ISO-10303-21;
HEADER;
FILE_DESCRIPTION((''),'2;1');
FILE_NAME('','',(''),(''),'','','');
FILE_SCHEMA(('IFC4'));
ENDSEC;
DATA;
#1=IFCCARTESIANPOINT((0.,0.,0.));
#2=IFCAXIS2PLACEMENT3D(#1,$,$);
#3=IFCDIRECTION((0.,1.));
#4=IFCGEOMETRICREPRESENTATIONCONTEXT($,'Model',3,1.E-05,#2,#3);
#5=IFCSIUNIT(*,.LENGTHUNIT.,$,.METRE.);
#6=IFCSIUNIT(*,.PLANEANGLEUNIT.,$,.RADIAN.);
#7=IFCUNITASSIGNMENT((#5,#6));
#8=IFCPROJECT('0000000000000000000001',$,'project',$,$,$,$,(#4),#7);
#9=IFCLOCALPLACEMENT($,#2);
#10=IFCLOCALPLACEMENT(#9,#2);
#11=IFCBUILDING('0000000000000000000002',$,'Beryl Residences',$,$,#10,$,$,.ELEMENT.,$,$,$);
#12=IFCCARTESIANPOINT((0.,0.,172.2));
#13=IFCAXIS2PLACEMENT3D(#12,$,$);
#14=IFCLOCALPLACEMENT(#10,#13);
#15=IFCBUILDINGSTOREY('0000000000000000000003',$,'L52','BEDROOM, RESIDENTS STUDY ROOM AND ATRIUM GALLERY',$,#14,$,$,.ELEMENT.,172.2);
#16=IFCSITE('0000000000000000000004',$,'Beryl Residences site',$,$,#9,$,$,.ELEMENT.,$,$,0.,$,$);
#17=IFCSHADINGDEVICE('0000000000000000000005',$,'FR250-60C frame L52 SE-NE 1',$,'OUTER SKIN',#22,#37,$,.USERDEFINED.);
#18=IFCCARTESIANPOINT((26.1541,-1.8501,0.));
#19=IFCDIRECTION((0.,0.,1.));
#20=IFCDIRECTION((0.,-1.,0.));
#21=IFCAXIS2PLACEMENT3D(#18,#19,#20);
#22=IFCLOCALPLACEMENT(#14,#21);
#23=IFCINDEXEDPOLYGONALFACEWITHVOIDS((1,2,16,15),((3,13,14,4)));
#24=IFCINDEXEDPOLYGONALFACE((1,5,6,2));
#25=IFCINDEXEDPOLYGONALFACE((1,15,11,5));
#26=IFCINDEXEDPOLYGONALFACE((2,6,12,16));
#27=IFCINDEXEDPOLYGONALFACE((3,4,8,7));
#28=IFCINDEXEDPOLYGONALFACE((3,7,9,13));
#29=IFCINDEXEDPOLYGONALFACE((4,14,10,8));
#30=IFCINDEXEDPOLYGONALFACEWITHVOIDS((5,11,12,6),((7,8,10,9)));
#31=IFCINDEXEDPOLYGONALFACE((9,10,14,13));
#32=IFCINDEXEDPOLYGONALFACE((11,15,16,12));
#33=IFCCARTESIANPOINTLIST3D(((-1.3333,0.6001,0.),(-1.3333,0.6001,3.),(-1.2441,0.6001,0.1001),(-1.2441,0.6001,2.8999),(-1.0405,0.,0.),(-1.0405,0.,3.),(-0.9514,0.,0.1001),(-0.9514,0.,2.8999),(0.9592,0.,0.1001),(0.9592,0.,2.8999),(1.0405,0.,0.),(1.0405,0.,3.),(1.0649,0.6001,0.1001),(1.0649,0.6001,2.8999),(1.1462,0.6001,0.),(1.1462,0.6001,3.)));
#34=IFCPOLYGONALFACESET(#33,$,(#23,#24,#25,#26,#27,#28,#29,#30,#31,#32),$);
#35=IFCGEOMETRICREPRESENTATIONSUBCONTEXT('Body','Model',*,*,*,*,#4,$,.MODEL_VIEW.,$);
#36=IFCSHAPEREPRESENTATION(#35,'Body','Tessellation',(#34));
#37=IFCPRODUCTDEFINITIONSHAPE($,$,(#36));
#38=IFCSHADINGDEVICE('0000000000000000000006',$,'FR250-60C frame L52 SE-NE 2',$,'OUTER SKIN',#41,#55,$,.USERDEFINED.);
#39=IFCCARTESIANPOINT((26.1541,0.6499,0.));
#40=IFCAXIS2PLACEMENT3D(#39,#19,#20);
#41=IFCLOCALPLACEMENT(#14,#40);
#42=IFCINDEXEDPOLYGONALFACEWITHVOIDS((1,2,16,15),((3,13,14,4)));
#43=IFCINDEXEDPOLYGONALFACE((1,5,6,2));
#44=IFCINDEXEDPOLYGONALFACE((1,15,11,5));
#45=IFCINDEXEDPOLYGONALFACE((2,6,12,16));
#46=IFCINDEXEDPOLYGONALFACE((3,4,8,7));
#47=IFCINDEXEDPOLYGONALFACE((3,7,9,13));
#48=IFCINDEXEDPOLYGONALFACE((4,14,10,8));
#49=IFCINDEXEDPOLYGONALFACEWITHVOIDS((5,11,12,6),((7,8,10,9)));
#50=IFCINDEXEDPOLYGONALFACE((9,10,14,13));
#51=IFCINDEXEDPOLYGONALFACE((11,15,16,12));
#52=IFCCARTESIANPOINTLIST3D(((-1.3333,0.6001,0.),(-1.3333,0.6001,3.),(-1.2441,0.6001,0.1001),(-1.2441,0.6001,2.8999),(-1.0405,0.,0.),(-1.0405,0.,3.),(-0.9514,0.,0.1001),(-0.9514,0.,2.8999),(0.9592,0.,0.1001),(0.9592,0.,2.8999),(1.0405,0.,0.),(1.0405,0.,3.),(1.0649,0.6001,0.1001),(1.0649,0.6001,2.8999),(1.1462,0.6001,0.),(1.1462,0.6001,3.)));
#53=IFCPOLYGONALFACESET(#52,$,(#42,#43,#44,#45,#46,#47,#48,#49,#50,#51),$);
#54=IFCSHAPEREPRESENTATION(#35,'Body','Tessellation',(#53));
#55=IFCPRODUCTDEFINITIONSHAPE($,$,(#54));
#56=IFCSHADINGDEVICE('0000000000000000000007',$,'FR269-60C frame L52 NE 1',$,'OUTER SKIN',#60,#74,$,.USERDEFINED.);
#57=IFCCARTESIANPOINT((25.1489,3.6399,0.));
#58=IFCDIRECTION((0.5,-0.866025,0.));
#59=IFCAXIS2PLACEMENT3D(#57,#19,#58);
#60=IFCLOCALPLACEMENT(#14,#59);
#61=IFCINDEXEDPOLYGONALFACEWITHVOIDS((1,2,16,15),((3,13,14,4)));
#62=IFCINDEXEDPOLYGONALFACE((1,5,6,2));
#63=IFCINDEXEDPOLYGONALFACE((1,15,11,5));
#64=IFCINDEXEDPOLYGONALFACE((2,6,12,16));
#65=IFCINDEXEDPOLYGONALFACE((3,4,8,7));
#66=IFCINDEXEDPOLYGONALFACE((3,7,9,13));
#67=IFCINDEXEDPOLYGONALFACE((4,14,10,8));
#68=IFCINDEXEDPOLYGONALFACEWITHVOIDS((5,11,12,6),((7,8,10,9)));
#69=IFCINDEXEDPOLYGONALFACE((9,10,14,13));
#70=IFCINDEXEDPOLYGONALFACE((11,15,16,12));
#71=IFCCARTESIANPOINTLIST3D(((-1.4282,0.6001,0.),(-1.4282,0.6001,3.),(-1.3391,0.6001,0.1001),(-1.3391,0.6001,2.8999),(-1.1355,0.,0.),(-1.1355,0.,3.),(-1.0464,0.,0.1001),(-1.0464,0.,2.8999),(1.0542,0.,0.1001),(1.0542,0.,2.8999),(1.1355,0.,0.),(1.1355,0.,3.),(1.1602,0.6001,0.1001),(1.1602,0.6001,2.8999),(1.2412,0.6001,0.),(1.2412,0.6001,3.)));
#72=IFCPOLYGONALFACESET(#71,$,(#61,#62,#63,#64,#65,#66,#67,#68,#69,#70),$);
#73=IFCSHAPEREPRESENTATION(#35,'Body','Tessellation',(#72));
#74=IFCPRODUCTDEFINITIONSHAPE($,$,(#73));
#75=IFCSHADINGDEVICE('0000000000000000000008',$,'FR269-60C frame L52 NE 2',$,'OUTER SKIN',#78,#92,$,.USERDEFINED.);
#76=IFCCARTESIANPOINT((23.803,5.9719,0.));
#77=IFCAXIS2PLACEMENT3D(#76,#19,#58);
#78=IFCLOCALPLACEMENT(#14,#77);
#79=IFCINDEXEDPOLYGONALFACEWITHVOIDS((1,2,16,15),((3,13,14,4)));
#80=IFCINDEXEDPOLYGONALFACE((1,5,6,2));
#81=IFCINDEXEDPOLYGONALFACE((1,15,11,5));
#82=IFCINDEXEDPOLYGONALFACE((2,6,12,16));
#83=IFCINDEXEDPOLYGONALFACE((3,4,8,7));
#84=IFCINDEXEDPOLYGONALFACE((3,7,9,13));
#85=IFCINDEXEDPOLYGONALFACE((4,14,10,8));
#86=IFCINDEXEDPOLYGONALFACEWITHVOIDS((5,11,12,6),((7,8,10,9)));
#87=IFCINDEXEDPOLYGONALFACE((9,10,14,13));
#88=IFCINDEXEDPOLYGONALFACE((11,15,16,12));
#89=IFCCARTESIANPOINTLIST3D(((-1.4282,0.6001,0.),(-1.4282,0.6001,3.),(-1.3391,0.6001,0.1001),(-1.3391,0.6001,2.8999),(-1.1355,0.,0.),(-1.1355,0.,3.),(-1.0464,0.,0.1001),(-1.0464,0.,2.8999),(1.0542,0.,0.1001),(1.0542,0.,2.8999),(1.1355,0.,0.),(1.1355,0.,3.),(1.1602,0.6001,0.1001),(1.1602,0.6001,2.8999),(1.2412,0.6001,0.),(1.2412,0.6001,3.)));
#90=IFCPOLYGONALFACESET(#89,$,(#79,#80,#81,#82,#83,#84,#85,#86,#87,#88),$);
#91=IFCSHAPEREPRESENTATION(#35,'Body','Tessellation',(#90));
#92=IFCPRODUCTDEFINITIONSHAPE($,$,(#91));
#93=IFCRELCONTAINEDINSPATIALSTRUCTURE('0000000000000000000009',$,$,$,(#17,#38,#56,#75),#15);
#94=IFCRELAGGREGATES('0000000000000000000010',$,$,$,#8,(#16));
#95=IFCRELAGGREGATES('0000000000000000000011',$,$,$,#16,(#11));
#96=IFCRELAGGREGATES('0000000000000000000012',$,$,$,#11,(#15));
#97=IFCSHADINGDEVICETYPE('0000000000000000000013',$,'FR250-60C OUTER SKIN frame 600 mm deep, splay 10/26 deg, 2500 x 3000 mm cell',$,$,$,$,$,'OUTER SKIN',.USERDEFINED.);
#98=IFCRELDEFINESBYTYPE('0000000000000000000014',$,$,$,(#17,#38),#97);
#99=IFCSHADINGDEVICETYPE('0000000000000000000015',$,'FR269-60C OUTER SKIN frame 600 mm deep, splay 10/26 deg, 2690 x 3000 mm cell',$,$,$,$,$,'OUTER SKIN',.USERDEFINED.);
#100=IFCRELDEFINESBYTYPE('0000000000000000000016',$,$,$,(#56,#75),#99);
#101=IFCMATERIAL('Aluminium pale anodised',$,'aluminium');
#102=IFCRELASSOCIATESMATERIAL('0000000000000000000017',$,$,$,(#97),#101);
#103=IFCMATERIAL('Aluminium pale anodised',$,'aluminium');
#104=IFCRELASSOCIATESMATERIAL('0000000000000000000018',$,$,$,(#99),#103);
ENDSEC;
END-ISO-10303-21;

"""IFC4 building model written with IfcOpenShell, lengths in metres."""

from ifc_helpers import new_model, entity, si_unit, direction, frame, origin, place, context, subcontext, project, spatial, source, transform, mapped, material, type_object, type_shapes, element, save


model = new_model("IFC4")

# Units and contexts
model_context = context("Model", 3, precision=1e-05, world=origin(), true_north=direction((0.0, 1.0)))
body_context = subcontext(model_context, "Body", "Model", "MODEL_VIEW")
ifc_project = project(units=[si_unit("LENGTHUNIT", "METRE"), si_unit("PLANEANGLEUNIT", "RADIAN")], contexts=[model_context])

# Site, building, storey
site_placement = place(None, origin())
site = spatial("IfcSite", under=ifc_project, at=site_placement, Name="Beryl Residences site", CompositionType="ELEMENT", RefElevation=0.0)
building_placement = place(site_placement, origin())
building = spatial("IfcBuilding", under=site, at=building_placement, Name="Beryl Residences", CompositionType="ELEMENT")
storey_placement = place(building_placement, frame((0.0, 0.0, 172.2)))
storey = spatial("IfcBuildingStorey", under=building, at=storey_placement, Name="L52", Description="BEDROOM, RESIDENTS STUDY ROOM AND ATRIUM GALLERY", CompositionType="ELEMENT", Elevation=172.2)

# Shading devices
ifc_material_1 = material(Name="Aluminium pale anodised", Category="aluminium")
shading_device_type_1 = type_object("IfcShadingDeviceType", Name="FR250-60C OUTER SKIN frame 600 mm deep, splay 10/26 deg, 2500 x 3000 mm cell", ElementType="OUTER SKIN", PredefinedType="USERDEFINED", material=ifc_material_1)
cartesian_point_1 = entity("IfcCartesianPoint", [-1.0405, 0.0])
cartesian_point_2 = entity("IfcCartesianPoint", [-0.9592, 0.1001])
cartesian_point_3 = entity("IfcCartesianPoint", [-1.1462, 0.0])
cartesian_point_4 = entity("IfcCartesianPoint", [-1.0649, 0.1001])
shared_shape_1 = source(origin(), body_context, "Body", "SweptSolid", [
    entity("IfcExtrudedAreaSolidTapered", entity("IfcArbitraryProfileDefWithVoids", "AREA", None, entity("IfcPolyline", [cartesian_point_1, entity("IfcCartesianPoint", [1.0405, 0.0]), entity("IfcCartesianPoint", [1.0405, 3.0]), entity("IfcCartesianPoint", [-1.0405, 3.0]), cartesian_point_1]), [entity("IfcPolyline", [cartesian_point_2, entity("IfcCartesianPoint", [0.9514, 0.1001]), entity("IfcCartesianPoint", [0.9514, 2.8999]), entity("IfcCartesianPoint", [-0.9592, 2.8999]), cartesian_point_2])]), entity("IfcAxis2Placement3D", entity("IfcCartesianPoint", [0.0, 0.0, 0.0]), entity("IfcDirection", [0.0, 1.0, 0.0]), entity("IfcDirection", [-1.0, 0.0, 0.0])), entity("IfcDirection", [0.0, 0.0, 1.0]), 0.6001, entity("IfcArbitraryProfileDefWithVoids", "AREA", None, entity("IfcPolyline", [cartesian_point_3, entity("IfcCartesianPoint", [1.3333, 0.0]), entity("IfcCartesianPoint", [1.3333, 3.0]), entity("IfcCartesianPoint", [-1.1462, 3.0]), cartesian_point_3]), [entity("IfcPolyline", [cartesian_point_4, entity("IfcCartesianPoint", [1.2441, 0.1001]), entity("IfcCartesianPoint", [1.2441, 2.8999]), entity("IfcCartesianPoint", [-1.0649, 2.8999]), cartesian_point_4])])),
])
type_shapes(shading_device_type_1, [shared_shape_1])
for number, where, z_axis, x_axis, name in (
    (1, (26.1541, -1.8501, 0.0), (0.0, 0.0, 1.0), (0.0, -1.0, 0.0), "FR250-60C frame L52 SE-NE 1"),
    (2, (26.1541, 0.6499, 0.0), (0.0, 0.0, 1.0), (0.0, -1.0, 0.0), "FR250-60C frame L52 SE-NE 2"),
):
    element("IfcShadingDevice", number, at=place(storey_placement, frame(where, z_axis=z_axis, x_axis=x_axis)), inside=storey, type_object=shading_device_type_1, Name=name, ObjectType="OUTER SKIN", PredefinedType="USERDEFINED", context=body_context, shape_type="MappedRepresentation", body=[
        mapped(shared_shape_1, transform((0.0, 0.0, 0.0))),
    ])
ifc_material_2 = material(Name="Aluminium pale anodised", Category="aluminium")
shading_device_type_2 = type_object("IfcShadingDeviceType", Name="FR269-60C OUTER SKIN frame 600 mm deep, splay 10/26 deg, 2690 x 3000 mm cell", ElementType="OUTER SKIN", PredefinedType="USERDEFINED", material=ifc_material_2)
cartesian_point_5 = entity("IfcCartesianPoint", [-1.1355, 0.0])
cartesian_point_6 = entity("IfcCartesianPoint", [-1.0542, 0.1001])
cartesian_point_7 = entity("IfcCartesianPoint", [-1.2412, 0.0])
cartesian_point_8 = entity("IfcCartesianPoint", [-1.1602, 0.1001])
shared_shape_2 = source(origin(), body_context, "Body", "SweptSolid", [
    entity("IfcExtrudedAreaSolidTapered", entity("IfcArbitraryProfileDefWithVoids", "AREA", None, entity("IfcPolyline", [cartesian_point_5, entity("IfcCartesianPoint", [1.1355, 0.0]), entity("IfcCartesianPoint", [1.1355, 3.0]), entity("IfcCartesianPoint", [-1.1355, 3.0]), cartesian_point_5]), [entity("IfcPolyline", [cartesian_point_6, entity("IfcCartesianPoint", [1.0464, 0.1001]), entity("IfcCartesianPoint", [1.0464, 2.8999]), entity("IfcCartesianPoint", [-1.0542, 2.8999]), cartesian_point_6])]), entity("IfcAxis2Placement3D", entity("IfcCartesianPoint", [0.0, 0.0, 0.0]), entity("IfcDirection", [0.0, 1.0, 0.0]), entity("IfcDirection", [-1.0, 0.0, 0.0])), entity("IfcDirection", [0.0, 0.0, 1.0]), 0.6001, entity("IfcArbitraryProfileDefWithVoids", "AREA", None, entity("IfcPolyline", [cartesian_point_7, entity("IfcCartesianPoint", [1.4282, 0.0]), entity("IfcCartesianPoint", [1.4282, 3.0]), entity("IfcCartesianPoint", [-1.2412, 3.0]), cartesian_point_7]), [entity("IfcPolyline", [cartesian_point_8, entity("IfcCartesianPoint", [1.3391, 0.1001]), entity("IfcCartesianPoint", [1.3391, 2.8999]), entity("IfcCartesianPoint", [-1.1602, 2.8999]), cartesian_point_8])])),
])
type_shapes(shading_device_type_2, [shared_shape_2])
for number, where, z_axis, x_axis, name in (
    (3, (25.1489, 3.6399, 0.0), (0.0, 0.0, 1.0), (0.5, -0.866025, 0.0), "FR269-60C frame L52 NE 1"),
    (4, (23.803, 5.9719, 0.0), (0.0, 0.0, 1.0), (0.5, -0.866025, 0.0), "FR269-60C frame L52 NE 2"),
):
    element("IfcShadingDevice", number, at=place(storey_placement, frame(where, z_axis=z_axis, x_axis=x_axis)), inside=storey, type_object=shading_device_type_2, Name=name, ObjectType="OUTER SKIN", PredefinedType="USERDEFINED", context=body_context, shape_type="MappedRepresentation", body=[
        mapped(shared_shape_2, transform((0.0, 0.0, 0.0))),
    ])

save(model, "model.ifc")
